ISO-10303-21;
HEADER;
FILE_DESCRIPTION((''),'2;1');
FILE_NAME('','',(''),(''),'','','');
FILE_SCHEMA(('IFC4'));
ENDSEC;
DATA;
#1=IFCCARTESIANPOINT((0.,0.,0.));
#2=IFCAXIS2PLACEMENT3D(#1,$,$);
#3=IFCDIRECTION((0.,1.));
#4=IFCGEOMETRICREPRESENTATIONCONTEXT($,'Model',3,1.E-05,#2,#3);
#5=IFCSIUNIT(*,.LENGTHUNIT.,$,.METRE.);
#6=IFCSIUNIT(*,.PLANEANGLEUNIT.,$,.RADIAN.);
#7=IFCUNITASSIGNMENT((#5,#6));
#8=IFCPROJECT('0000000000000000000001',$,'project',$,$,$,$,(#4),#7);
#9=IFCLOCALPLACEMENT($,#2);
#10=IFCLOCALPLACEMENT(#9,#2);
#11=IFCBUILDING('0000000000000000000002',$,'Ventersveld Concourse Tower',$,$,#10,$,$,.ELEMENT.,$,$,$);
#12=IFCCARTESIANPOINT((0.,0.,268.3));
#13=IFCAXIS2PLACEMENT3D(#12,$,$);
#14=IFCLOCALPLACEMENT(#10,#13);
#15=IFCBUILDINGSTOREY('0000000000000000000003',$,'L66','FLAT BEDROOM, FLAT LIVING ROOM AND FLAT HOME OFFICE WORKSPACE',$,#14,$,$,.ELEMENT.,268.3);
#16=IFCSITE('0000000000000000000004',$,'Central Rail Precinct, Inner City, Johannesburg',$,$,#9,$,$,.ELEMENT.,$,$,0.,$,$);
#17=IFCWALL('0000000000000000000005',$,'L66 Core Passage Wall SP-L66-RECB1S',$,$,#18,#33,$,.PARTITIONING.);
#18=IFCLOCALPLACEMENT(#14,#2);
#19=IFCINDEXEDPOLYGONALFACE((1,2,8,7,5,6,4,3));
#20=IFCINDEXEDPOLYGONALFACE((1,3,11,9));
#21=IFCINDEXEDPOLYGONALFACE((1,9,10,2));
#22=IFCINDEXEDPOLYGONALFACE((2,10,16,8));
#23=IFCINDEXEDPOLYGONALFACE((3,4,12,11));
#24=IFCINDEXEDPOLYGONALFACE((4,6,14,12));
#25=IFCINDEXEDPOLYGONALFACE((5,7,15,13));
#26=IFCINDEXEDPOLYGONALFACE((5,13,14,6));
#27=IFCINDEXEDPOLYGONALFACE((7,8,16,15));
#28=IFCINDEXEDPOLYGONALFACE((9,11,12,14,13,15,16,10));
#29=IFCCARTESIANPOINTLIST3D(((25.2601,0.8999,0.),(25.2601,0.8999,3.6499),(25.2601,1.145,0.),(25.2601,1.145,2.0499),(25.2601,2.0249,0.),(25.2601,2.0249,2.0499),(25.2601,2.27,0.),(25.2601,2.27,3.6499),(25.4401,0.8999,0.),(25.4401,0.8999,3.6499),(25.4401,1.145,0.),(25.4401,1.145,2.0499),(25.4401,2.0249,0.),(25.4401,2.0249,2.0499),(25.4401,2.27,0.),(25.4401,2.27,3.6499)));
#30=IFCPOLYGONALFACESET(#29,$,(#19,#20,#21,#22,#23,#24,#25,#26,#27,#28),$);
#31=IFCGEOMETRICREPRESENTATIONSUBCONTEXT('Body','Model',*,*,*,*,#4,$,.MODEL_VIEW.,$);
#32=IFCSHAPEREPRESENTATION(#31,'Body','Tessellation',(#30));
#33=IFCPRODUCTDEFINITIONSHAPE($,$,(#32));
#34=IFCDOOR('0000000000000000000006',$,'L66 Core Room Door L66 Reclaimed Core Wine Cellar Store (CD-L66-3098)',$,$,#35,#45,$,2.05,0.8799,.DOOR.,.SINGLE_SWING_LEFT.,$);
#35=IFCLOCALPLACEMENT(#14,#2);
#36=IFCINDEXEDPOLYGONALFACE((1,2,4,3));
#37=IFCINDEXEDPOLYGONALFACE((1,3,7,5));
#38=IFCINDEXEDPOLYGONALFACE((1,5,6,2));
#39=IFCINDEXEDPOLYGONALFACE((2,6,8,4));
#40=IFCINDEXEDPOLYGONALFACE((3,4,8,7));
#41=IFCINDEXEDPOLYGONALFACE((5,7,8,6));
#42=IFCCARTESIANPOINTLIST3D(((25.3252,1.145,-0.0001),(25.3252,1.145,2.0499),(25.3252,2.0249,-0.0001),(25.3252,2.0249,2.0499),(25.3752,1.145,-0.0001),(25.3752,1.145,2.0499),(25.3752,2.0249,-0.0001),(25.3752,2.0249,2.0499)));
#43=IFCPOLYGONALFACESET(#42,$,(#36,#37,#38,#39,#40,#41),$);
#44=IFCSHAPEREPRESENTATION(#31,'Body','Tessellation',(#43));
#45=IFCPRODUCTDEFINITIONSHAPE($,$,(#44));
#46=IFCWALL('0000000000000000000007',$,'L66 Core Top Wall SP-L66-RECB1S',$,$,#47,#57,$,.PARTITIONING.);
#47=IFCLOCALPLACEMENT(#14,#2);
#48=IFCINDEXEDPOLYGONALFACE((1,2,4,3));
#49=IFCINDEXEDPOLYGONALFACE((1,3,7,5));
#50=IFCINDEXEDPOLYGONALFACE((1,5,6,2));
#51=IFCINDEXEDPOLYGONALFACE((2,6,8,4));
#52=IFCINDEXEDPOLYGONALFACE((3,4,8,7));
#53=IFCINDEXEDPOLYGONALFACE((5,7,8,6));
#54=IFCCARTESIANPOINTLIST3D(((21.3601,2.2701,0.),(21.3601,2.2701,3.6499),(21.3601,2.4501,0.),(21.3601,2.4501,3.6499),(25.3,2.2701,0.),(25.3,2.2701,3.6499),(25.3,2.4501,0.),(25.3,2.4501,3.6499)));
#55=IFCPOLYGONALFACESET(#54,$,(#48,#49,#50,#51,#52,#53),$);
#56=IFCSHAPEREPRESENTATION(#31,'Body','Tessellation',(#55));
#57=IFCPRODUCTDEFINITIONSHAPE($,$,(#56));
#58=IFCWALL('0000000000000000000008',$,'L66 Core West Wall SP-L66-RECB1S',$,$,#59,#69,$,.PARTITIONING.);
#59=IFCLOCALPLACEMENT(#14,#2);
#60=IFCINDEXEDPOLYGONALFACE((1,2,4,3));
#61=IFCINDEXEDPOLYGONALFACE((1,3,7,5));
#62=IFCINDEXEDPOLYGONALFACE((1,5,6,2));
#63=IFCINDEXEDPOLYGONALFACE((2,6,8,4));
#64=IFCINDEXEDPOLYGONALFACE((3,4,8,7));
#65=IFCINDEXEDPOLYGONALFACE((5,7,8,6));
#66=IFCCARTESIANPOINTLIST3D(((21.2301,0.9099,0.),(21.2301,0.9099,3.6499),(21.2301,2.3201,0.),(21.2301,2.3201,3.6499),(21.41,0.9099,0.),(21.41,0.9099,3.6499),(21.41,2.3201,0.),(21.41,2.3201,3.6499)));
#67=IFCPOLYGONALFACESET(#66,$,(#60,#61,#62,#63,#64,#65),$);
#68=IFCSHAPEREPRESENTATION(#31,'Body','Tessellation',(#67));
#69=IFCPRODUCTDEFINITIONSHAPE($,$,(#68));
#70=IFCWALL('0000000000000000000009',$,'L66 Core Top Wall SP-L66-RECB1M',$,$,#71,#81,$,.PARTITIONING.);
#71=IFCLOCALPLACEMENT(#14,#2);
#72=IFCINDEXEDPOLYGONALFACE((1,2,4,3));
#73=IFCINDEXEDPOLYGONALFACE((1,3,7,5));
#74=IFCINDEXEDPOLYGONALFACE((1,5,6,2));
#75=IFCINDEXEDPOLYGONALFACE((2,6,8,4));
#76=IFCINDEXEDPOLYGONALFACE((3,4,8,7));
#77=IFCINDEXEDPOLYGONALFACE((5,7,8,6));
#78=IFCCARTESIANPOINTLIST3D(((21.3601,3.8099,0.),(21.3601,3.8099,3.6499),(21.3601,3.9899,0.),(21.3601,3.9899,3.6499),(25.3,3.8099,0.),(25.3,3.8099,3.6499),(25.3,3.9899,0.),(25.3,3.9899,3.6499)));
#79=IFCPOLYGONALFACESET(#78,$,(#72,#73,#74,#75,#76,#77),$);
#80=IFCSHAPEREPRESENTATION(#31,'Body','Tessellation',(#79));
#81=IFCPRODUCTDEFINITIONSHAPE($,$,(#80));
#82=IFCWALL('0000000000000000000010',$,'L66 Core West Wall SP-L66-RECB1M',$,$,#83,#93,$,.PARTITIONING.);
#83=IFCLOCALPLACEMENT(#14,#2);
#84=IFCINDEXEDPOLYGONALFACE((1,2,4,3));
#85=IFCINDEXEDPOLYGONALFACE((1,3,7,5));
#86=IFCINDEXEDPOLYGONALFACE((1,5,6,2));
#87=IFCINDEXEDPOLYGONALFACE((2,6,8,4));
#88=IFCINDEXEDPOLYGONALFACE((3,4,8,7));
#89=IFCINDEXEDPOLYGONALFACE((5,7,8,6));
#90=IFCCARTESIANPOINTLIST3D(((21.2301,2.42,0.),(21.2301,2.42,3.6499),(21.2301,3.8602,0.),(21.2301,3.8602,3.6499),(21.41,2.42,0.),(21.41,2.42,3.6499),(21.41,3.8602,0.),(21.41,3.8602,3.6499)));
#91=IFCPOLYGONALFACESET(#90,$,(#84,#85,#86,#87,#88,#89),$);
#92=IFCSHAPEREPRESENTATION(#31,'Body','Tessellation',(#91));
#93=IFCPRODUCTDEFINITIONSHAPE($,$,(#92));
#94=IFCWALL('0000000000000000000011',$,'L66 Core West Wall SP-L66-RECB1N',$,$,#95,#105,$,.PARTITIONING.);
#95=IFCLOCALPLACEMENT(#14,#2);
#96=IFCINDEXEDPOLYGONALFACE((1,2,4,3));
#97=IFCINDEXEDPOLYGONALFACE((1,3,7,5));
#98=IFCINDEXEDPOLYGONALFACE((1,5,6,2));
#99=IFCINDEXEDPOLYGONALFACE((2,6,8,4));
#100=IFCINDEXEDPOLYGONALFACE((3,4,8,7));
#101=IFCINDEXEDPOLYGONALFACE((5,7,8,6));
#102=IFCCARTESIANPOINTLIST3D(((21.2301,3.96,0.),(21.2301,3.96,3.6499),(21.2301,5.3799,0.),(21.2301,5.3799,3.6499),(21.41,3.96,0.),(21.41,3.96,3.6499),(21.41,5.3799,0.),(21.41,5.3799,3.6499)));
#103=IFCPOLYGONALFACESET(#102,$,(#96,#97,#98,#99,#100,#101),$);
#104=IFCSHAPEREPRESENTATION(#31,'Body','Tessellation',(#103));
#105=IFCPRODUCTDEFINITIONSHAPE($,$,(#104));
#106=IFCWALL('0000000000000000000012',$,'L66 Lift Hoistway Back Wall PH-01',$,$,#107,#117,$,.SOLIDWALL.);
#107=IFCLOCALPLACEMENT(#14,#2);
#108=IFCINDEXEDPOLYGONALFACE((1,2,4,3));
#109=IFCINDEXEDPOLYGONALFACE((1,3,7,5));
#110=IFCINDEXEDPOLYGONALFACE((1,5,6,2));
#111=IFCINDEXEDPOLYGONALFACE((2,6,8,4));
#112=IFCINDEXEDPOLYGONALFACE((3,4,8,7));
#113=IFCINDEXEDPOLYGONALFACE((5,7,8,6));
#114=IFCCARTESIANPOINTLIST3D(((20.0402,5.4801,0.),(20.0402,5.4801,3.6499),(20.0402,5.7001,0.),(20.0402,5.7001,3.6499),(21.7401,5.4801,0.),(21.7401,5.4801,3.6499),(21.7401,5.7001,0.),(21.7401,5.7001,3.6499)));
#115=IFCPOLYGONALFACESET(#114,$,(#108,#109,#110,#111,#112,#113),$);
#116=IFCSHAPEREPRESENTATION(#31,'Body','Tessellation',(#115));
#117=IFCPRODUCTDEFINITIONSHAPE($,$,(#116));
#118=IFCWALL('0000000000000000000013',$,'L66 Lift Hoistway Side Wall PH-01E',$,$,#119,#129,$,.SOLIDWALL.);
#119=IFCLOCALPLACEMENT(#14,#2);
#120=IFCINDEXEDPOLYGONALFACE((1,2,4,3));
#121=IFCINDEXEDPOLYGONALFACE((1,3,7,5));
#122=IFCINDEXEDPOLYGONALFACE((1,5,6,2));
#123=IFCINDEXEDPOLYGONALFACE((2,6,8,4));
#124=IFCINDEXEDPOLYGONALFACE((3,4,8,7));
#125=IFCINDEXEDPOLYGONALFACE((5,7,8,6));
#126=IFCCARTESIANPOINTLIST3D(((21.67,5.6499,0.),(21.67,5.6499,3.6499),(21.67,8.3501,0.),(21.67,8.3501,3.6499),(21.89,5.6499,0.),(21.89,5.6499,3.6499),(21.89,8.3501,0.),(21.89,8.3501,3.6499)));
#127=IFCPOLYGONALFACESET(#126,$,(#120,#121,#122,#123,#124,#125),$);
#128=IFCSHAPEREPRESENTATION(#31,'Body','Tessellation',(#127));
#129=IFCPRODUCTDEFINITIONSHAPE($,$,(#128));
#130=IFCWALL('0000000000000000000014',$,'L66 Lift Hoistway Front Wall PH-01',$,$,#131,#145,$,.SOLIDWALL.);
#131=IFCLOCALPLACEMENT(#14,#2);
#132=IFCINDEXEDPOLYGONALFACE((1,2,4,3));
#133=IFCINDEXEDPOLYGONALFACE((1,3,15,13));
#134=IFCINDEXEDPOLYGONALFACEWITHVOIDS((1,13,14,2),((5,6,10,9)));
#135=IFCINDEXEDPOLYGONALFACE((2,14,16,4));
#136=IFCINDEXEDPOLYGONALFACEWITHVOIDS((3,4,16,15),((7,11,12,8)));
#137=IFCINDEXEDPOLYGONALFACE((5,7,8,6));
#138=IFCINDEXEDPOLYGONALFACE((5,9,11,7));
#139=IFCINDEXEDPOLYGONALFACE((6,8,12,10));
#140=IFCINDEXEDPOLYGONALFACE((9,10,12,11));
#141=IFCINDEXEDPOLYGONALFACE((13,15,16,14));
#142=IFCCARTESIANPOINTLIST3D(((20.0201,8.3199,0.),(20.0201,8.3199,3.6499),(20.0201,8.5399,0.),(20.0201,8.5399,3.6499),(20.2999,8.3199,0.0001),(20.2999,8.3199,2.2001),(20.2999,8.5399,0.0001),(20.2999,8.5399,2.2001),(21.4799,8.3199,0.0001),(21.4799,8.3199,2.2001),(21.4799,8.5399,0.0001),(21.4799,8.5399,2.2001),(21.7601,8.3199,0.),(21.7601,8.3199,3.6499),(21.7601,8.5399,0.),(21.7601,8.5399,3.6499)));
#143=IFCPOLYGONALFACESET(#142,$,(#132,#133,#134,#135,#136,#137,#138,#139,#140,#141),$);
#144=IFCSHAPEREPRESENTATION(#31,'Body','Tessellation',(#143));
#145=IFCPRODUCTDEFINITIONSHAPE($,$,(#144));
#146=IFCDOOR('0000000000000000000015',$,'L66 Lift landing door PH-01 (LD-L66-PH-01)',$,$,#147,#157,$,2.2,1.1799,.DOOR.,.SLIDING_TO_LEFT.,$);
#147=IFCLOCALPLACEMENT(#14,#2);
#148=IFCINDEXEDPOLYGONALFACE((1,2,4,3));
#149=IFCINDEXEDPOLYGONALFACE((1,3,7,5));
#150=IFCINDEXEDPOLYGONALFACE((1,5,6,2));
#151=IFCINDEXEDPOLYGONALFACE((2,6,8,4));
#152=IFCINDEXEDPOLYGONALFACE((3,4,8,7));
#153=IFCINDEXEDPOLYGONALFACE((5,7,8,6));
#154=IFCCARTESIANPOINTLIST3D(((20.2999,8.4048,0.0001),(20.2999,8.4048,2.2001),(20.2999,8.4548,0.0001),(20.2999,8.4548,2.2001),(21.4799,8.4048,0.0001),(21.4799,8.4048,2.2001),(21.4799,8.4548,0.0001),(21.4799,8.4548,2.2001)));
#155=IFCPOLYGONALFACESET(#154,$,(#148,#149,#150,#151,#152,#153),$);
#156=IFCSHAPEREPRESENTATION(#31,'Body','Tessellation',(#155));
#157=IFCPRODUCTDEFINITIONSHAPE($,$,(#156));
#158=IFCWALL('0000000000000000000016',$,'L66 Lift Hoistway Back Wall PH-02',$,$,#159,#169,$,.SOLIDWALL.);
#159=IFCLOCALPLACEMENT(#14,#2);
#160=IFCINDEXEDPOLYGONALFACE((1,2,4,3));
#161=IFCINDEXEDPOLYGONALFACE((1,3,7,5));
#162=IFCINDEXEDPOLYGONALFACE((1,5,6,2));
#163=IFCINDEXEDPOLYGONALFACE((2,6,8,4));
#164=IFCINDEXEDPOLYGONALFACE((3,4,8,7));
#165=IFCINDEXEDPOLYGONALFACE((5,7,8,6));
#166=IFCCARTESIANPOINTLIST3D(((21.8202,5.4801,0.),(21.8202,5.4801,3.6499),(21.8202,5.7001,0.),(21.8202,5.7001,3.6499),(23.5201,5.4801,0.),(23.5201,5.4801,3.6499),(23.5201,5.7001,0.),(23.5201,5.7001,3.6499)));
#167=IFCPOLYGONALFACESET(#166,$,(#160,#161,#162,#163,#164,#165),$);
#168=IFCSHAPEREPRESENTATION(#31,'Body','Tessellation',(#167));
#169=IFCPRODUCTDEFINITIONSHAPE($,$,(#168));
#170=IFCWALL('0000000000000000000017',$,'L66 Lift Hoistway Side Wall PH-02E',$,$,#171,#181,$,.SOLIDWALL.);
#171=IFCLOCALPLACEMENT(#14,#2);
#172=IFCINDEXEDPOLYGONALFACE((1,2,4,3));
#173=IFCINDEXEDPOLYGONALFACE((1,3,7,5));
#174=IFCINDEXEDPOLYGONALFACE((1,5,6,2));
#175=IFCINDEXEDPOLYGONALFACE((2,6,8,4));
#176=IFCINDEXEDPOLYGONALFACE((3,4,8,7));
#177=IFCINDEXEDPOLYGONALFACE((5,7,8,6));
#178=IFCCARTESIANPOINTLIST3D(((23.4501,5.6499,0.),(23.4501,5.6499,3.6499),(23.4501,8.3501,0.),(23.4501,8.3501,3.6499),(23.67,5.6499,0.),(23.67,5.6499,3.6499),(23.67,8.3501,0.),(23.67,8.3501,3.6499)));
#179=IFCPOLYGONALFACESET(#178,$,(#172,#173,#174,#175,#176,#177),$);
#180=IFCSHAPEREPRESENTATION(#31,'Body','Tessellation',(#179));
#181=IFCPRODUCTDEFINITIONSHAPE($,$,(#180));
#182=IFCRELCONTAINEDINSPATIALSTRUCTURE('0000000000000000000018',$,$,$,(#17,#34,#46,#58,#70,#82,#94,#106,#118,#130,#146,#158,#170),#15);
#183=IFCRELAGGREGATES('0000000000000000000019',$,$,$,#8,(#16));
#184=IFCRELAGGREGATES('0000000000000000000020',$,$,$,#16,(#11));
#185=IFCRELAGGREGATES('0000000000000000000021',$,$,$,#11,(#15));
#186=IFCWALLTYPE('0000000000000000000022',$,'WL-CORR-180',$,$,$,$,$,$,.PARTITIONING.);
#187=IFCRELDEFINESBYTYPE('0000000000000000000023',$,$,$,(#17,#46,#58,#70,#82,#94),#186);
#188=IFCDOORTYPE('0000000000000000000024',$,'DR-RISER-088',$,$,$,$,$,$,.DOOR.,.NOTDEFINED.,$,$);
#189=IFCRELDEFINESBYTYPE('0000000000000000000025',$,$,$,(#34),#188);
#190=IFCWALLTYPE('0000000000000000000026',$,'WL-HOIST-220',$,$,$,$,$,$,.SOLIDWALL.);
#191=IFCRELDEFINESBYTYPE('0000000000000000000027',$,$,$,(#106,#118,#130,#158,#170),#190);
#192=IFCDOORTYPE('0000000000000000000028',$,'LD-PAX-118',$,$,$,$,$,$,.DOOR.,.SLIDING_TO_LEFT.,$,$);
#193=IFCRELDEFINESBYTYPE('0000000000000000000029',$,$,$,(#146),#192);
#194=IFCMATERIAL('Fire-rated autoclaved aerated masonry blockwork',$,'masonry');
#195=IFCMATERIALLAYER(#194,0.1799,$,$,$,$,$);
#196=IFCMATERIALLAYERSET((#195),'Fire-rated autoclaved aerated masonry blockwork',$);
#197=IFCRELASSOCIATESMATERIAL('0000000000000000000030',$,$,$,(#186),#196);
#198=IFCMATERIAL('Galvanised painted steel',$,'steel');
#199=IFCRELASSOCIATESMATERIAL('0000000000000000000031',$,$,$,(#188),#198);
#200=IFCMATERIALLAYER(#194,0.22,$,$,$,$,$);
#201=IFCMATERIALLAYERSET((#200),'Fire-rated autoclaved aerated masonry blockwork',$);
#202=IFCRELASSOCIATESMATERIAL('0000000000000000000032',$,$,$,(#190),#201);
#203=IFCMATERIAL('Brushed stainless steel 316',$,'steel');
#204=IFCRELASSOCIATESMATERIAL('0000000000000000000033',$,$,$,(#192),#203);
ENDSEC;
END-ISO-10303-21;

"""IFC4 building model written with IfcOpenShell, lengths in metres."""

from ifc_helpers import new_model, si_unit, direction, frame, frame_2d, origin, place, context, subcontext, project, spatial, rectangle, extrude, material, layer, layer_set, type_object, element, fill, save


model = new_model("IFC4")

# Units and contexts
model_context = context("Model", 3, precision=1e-05, world=origin(), true_north=direction((0.0, 1.0)))
body_context = subcontext(model_context, "Body", "Model", "MODEL_VIEW")
ifc_project = project(units=[si_unit("LENGTHUNIT", "METRE"), si_unit("PLANEANGLEUNIT", "RADIAN")], contexts=[model_context])

# Site, building, storey
site_placement = place(None, origin())
site = spatial("IfcSite", under=ifc_project, at=site_placement, Name="Central Rail Precinct, Inner City, Johannesburg", CompositionType="ELEMENT", RefElevation=0.0)
building_placement = place(site_placement, origin())
building = spatial("IfcBuilding", under=site, at=building_placement, Name="Ventersveld Concourse Tower", CompositionType="ELEMENT")
storey_placement = place(building_placement, frame((0.0, 0.0, 268.3)))
storey = spatial("IfcBuildingStorey", under=building, at=storey_placement, Name="L66", Description="FLAT BEDROOM, FLAT LIVING ROOM AND FLAT HOME OFFICE WORKSPACE", CompositionType="ELEMENT", Elevation=268.3)

# Wall, opening, door
ifc_material_1 = material(Name="Fire-rated autoclaved aerated masonry blockwork", Category="masonry")
ifc_layer_1 = layer(ifc_material_1, 0.1799)
ifc_layer_set_1 = layer_set([ifc_layer_1], Name="Fire-rated autoclaved aerated masonry blockwork")
wall_type_1 = type_object("IfcWallType", Name="WL-CORR-180", PredefinedType="PARTITIONING", material=ifc_layer_set_1)
wall_1_placement = place(storey_placement, frame((25.3501, 0.8999, 0.0), z_axis=(0.0, 0.0, 1.0), x_axis=(0.0, 1.0, 0.0)))
wall_1 = element("IfcWall", 1, at=wall_1_placement, inside=storey, type_object=wall_type_1, Name="L66 Core Passage Wall SP-L66-RECB1S", PredefinedType="PARTITIONING", context=body_context, shape_type="SweptSolid", body=[
    extrude(rectangle(XDim=1.3701, YDim=0.1799, at=frame_2d((0.6851, 0.0))), origin(), (0.0, 0.0, 1.0), 3.6499),
])
opening_1_placement = place(wall_1_placement, frame((0.2451, 0.0, 0.0)))
opening_1 = element("IfcOpeningElement", 2, at=opening_1_placement, cuts=wall_1, PredefinedType="OPENING", context=body_context, shape_type="SweptSolid", body=[
    extrude(rectangle(XDim=0.8799, YDim=2.05, at=frame_2d((0.4399, 1.0249))), frame((0.0, 0.1001, 0.0), z_axis=(0.0, -1.0, 0.0), x_axis=(1.0, 0.0, 0.0)), (0.0, 0.0, 1.0), 0.2),
])
ifc_material_2 = material(Name="Galvanised painted steel", Category="steel")
door_type_1 = type_object("IfcDoorType", Name="DR-RISER-088", OperationType="NOTDEFINED", PredefinedType="DOOR", material=ifc_material_2)
door_1_placement = place(opening_1_placement, origin())
door_1 = element("IfcDoor", 3, at=door_1_placement, inside=storey, type_object=door_type_1, Name="L66 Core Room Door L66 Reclaimed Core Wine Cellar Store (CD-L66-3098)", OperationType="SINGLE_SWING_LEFT", OverallHeight=2.05, OverallWidth=0.8799, PredefinedType="DOOR", context=body_context, shape_type="SweptSolid", body=[
    extrude(rectangle(XDim=0.8799, YDim=2.05, at=frame_2d((0.4399, 1.0249))), frame((0.0, 0.0249, 0.0), z_axis=(0.0, -1.0, 0.0), x_axis=(1.0, 0.0, 0.0)), (0.0, 0.0, 1.0), 0.05),
])
fill(opening_1, door_1)

# Walls
wall_2_placement = place(storey_placement, frame((21.3601, 2.3601, 0.0), z_axis=(0.0, 0.0, 1.0), x_axis=(1.0, 0.0, 0.0)))
element("IfcWall", 4, at=wall_2_placement, inside=storey, type_object=wall_type_1, Name="L66 Core Top Wall SP-L66-RECB1S", PredefinedType="PARTITIONING", context=body_context, shape_type="SweptSolid", body=[
    extrude(rectangle(XDim=3.9399, YDim=0.1799, at=frame_2d((1.97, 0.0))), origin(), (0.0, 0.0, 1.0), 3.6499),
])
wall_3_placement = place(storey_placement, frame((21.3201, 0.9099, 0.0), z_axis=(0.0, 0.0, 1.0), x_axis=(0.0, 1.0, 0.0)))
element("IfcWall", 5, at=wall_3_placement, inside=storey, type_object=wall_type_1, Name="L66 Core West Wall SP-L66-RECB1S", PredefinedType="PARTITIONING", context=body_context, shape_type="SweptSolid", body=[
    extrude(rectangle(XDim=1.4102, YDim=0.1799, at=frame_2d((0.7051, 0.0))), origin(), (0.0, 0.0, 1.0), 3.6499),
])
wall_4_placement = place(storey_placement, frame((21.3601, 3.8999, 0.0), z_axis=(0.0, 0.0, 1.0), x_axis=(1.0, 0.0, 0.0)))
element("IfcWall", 6, at=wall_4_placement, inside=storey, type_object=wall_type_1, Name="L66 Core Top Wall SP-L66-RECB1M", PredefinedType="PARTITIONING", context=body_context, shape_type="SweptSolid", body=[
    extrude(rectangle(XDim=3.9399, YDim=0.1799, at=frame_2d((1.97, 0.0))), origin(), (0.0, 0.0, 1.0), 3.6499),
])
wall_5_placement = place(storey_placement, frame((21.3201, 2.4199, 0.0), z_axis=(0.0, 0.0, 1.0), x_axis=(0.0, 1.0, 0.0)))
element("IfcWall", 7, at=wall_5_placement, inside=storey, type_object=wall_type_1, Name="L66 Core West Wall SP-L66-RECB1M", PredefinedType="PARTITIONING", context=body_context, shape_type="SweptSolid", body=[
    extrude(rectangle(XDim=1.4402, YDim=0.1799, at=frame_2d((0.7202, 0.0))), origin(), (0.0, 0.0, 1.0), 3.6499),
])
wall_6_placement = place(storey_placement, frame((21.3201, 3.96, 0.0), z_axis=(0.0, 0.0, 1.0), x_axis=(0.0, 1.0, 0.0)))
element("IfcWall", 8, at=wall_6_placement, inside=storey, type_object=wall_type_1, Name="L66 Core West Wall SP-L66-RECB1N", PredefinedType="PARTITIONING", context=body_context, shape_type="SweptSolid", body=[
    extrude(rectangle(XDim=1.4199, YDim=0.1799, at=frame_2d((0.71, 0.0))), origin(), (0.0, 0.0, 1.0), 3.6499),
])
ifc_layer_2 = layer(ifc_material_1, 0.22)
ifc_layer_set_2 = layer_set([ifc_layer_2], Name="Fire-rated autoclaved aerated masonry blockwork")
wall_type_2 = type_object("IfcWallType", Name="WL-HOIST-220", PredefinedType="SOLIDWALL", material=ifc_layer_set_2)
wall_7_placement = place(storey_placement, frame((20.04, 5.5901, 0.0), z_axis=(0.0, 0.0, 1.0), x_axis=(1.0, 0.0, 0.0)))
element("IfcWall", 9, at=wall_7_placement, inside=storey, type_object=wall_type_2, Name="L66 Lift Hoistway Back Wall PH-01", PredefinedType="SOLIDWALL", context=body_context, shape_type="SweptSolid", body=[
    extrude(rectangle(XDim=1.7, YDim=0.22, at=frame_2d((0.8501, 0.0))), origin(), (0.0, 0.0, 1.0), 3.6499),
])
wall_8_placement = place(storey_placement, frame((21.78, 5.6499, 0.0), z_axis=(0.0, 0.0, 1.0), x_axis=(0.0, 1.0, 0.0)))
element("IfcWall", 10, at=wall_8_placement, inside=storey, type_object=wall_type_2, Name="L66 Lift Hoistway Side Wall PH-01E", PredefinedType="SOLIDWALL", context=body_context, shape_type="SweptSolid", body=[
    extrude(rectangle(XDim=2.7002, YDim=0.22, at=frame_2d((1.3501, 0.0))), origin(), (0.0, 0.0, 1.0), 3.6499),
])

# Wall, opening, door
wall_9_placement = place(storey_placement, frame((20.02, 8.4299, 0.0), z_axis=(0.0, 0.0, 1.0), x_axis=(1.0, 0.0, 0.0)))
wall_9 = element("IfcWall", 11, at=wall_9_placement, inside=storey, type_object=wall_type_2, Name="L66 Lift Hoistway Front Wall PH-01", PredefinedType="SOLIDWALL", context=body_context, shape_type="SweptSolid", body=[
    extrude(rectangle(XDim=1.74, YDim=0.22, at=frame_2d((0.8701, 0.0))), origin(), (0.0, 0.0, 1.0), 3.6499),
])
opening_2_placement = place(wall_9_placement, frame((0.28, 0.0, 0.0)))
opening_2 = element("IfcOpeningElement", 12, at=opening_2_placement, cuts=wall_9, PredefinedType="OPENING", context=body_context, shape_type="SweptSolid", body=[
    extrude(rectangle(XDim=1.1799, YDim=2.2, at=frame_2d((0.5898, 1.1001))), frame((0.0, 0.1201, 0.0), z_axis=(0.0, -1.0, 0.0), x_axis=(1.0, 0.0, 0.0)), (0.0, 0.0, 1.0), 0.24),
])
ifc_material_3 = material(Name="Brushed stainless steel 316", Category="steel")
door_type_2 = type_object("IfcDoorType", Name="LD-PAX-118", OperationType="SLIDING_TO_LEFT", PredefinedType="DOOR", material=ifc_material_3)
door_2_placement = place(opening_2_placement, origin())
door_2 = element("IfcDoor", 13, at=door_2_placement, inside=storey, type_object=door_type_2, Name="L66 Lift landing door PH-01 (LD-L66-PH-01)", OperationType="SLIDING_TO_LEFT", OverallHeight=2.2, OverallWidth=1.1799, PredefinedType="DOOR", context=body_context, shape_type="SweptSolid", body=[
    extrude(rectangle(XDim=1.1799, YDim=2.2, at=frame_2d((0.5898, 1.1001))), frame((0.0, 0.0249, 0.0), z_axis=(0.0, -1.0, 0.0), x_axis=(1.0, 0.0, 0.0)), (0.0, 0.0, 1.0), 0.05),
])
fill(opening_2, door_2)

# Walls
wall_10_placement = place(storey_placement, frame((21.8201, 5.5901, 0.0), z_axis=(0.0, 0.0, 1.0), x_axis=(1.0, 0.0, 0.0)))
element("IfcWall", 14, at=wall_10_placement, inside=storey, type_object=wall_type_2, Name="L66 Lift Hoistway Back Wall PH-02", PredefinedType="SOLIDWALL", context=body_context, shape_type="SweptSolid", body=[
    extrude(rectangle(XDim=1.7, YDim=0.22, at=frame_2d((0.8501, 0.0))), origin(), (0.0, 0.0, 1.0), 3.6499),
])
wall_11_placement = place(storey_placement, frame((23.5601, 5.6499, 0.0), z_axis=(0.0, 0.0, 1.0), x_axis=(0.0, 1.0, 0.0)))
element("IfcWall", 15, at=wall_11_placement, inside=storey, type_object=wall_type_2, Name="L66 Lift Hoistway Side Wall PH-02E", PredefinedType="SOLIDWALL", context=body_context, shape_type="SweptSolid", body=[
    extrude(rectangle(XDim=2.7002, YDim=0.22, at=frame_2d((1.3501, 0.0))), origin(), (0.0, 0.0, 1.0), 3.6499),
])

save(model, "model.ifc")
